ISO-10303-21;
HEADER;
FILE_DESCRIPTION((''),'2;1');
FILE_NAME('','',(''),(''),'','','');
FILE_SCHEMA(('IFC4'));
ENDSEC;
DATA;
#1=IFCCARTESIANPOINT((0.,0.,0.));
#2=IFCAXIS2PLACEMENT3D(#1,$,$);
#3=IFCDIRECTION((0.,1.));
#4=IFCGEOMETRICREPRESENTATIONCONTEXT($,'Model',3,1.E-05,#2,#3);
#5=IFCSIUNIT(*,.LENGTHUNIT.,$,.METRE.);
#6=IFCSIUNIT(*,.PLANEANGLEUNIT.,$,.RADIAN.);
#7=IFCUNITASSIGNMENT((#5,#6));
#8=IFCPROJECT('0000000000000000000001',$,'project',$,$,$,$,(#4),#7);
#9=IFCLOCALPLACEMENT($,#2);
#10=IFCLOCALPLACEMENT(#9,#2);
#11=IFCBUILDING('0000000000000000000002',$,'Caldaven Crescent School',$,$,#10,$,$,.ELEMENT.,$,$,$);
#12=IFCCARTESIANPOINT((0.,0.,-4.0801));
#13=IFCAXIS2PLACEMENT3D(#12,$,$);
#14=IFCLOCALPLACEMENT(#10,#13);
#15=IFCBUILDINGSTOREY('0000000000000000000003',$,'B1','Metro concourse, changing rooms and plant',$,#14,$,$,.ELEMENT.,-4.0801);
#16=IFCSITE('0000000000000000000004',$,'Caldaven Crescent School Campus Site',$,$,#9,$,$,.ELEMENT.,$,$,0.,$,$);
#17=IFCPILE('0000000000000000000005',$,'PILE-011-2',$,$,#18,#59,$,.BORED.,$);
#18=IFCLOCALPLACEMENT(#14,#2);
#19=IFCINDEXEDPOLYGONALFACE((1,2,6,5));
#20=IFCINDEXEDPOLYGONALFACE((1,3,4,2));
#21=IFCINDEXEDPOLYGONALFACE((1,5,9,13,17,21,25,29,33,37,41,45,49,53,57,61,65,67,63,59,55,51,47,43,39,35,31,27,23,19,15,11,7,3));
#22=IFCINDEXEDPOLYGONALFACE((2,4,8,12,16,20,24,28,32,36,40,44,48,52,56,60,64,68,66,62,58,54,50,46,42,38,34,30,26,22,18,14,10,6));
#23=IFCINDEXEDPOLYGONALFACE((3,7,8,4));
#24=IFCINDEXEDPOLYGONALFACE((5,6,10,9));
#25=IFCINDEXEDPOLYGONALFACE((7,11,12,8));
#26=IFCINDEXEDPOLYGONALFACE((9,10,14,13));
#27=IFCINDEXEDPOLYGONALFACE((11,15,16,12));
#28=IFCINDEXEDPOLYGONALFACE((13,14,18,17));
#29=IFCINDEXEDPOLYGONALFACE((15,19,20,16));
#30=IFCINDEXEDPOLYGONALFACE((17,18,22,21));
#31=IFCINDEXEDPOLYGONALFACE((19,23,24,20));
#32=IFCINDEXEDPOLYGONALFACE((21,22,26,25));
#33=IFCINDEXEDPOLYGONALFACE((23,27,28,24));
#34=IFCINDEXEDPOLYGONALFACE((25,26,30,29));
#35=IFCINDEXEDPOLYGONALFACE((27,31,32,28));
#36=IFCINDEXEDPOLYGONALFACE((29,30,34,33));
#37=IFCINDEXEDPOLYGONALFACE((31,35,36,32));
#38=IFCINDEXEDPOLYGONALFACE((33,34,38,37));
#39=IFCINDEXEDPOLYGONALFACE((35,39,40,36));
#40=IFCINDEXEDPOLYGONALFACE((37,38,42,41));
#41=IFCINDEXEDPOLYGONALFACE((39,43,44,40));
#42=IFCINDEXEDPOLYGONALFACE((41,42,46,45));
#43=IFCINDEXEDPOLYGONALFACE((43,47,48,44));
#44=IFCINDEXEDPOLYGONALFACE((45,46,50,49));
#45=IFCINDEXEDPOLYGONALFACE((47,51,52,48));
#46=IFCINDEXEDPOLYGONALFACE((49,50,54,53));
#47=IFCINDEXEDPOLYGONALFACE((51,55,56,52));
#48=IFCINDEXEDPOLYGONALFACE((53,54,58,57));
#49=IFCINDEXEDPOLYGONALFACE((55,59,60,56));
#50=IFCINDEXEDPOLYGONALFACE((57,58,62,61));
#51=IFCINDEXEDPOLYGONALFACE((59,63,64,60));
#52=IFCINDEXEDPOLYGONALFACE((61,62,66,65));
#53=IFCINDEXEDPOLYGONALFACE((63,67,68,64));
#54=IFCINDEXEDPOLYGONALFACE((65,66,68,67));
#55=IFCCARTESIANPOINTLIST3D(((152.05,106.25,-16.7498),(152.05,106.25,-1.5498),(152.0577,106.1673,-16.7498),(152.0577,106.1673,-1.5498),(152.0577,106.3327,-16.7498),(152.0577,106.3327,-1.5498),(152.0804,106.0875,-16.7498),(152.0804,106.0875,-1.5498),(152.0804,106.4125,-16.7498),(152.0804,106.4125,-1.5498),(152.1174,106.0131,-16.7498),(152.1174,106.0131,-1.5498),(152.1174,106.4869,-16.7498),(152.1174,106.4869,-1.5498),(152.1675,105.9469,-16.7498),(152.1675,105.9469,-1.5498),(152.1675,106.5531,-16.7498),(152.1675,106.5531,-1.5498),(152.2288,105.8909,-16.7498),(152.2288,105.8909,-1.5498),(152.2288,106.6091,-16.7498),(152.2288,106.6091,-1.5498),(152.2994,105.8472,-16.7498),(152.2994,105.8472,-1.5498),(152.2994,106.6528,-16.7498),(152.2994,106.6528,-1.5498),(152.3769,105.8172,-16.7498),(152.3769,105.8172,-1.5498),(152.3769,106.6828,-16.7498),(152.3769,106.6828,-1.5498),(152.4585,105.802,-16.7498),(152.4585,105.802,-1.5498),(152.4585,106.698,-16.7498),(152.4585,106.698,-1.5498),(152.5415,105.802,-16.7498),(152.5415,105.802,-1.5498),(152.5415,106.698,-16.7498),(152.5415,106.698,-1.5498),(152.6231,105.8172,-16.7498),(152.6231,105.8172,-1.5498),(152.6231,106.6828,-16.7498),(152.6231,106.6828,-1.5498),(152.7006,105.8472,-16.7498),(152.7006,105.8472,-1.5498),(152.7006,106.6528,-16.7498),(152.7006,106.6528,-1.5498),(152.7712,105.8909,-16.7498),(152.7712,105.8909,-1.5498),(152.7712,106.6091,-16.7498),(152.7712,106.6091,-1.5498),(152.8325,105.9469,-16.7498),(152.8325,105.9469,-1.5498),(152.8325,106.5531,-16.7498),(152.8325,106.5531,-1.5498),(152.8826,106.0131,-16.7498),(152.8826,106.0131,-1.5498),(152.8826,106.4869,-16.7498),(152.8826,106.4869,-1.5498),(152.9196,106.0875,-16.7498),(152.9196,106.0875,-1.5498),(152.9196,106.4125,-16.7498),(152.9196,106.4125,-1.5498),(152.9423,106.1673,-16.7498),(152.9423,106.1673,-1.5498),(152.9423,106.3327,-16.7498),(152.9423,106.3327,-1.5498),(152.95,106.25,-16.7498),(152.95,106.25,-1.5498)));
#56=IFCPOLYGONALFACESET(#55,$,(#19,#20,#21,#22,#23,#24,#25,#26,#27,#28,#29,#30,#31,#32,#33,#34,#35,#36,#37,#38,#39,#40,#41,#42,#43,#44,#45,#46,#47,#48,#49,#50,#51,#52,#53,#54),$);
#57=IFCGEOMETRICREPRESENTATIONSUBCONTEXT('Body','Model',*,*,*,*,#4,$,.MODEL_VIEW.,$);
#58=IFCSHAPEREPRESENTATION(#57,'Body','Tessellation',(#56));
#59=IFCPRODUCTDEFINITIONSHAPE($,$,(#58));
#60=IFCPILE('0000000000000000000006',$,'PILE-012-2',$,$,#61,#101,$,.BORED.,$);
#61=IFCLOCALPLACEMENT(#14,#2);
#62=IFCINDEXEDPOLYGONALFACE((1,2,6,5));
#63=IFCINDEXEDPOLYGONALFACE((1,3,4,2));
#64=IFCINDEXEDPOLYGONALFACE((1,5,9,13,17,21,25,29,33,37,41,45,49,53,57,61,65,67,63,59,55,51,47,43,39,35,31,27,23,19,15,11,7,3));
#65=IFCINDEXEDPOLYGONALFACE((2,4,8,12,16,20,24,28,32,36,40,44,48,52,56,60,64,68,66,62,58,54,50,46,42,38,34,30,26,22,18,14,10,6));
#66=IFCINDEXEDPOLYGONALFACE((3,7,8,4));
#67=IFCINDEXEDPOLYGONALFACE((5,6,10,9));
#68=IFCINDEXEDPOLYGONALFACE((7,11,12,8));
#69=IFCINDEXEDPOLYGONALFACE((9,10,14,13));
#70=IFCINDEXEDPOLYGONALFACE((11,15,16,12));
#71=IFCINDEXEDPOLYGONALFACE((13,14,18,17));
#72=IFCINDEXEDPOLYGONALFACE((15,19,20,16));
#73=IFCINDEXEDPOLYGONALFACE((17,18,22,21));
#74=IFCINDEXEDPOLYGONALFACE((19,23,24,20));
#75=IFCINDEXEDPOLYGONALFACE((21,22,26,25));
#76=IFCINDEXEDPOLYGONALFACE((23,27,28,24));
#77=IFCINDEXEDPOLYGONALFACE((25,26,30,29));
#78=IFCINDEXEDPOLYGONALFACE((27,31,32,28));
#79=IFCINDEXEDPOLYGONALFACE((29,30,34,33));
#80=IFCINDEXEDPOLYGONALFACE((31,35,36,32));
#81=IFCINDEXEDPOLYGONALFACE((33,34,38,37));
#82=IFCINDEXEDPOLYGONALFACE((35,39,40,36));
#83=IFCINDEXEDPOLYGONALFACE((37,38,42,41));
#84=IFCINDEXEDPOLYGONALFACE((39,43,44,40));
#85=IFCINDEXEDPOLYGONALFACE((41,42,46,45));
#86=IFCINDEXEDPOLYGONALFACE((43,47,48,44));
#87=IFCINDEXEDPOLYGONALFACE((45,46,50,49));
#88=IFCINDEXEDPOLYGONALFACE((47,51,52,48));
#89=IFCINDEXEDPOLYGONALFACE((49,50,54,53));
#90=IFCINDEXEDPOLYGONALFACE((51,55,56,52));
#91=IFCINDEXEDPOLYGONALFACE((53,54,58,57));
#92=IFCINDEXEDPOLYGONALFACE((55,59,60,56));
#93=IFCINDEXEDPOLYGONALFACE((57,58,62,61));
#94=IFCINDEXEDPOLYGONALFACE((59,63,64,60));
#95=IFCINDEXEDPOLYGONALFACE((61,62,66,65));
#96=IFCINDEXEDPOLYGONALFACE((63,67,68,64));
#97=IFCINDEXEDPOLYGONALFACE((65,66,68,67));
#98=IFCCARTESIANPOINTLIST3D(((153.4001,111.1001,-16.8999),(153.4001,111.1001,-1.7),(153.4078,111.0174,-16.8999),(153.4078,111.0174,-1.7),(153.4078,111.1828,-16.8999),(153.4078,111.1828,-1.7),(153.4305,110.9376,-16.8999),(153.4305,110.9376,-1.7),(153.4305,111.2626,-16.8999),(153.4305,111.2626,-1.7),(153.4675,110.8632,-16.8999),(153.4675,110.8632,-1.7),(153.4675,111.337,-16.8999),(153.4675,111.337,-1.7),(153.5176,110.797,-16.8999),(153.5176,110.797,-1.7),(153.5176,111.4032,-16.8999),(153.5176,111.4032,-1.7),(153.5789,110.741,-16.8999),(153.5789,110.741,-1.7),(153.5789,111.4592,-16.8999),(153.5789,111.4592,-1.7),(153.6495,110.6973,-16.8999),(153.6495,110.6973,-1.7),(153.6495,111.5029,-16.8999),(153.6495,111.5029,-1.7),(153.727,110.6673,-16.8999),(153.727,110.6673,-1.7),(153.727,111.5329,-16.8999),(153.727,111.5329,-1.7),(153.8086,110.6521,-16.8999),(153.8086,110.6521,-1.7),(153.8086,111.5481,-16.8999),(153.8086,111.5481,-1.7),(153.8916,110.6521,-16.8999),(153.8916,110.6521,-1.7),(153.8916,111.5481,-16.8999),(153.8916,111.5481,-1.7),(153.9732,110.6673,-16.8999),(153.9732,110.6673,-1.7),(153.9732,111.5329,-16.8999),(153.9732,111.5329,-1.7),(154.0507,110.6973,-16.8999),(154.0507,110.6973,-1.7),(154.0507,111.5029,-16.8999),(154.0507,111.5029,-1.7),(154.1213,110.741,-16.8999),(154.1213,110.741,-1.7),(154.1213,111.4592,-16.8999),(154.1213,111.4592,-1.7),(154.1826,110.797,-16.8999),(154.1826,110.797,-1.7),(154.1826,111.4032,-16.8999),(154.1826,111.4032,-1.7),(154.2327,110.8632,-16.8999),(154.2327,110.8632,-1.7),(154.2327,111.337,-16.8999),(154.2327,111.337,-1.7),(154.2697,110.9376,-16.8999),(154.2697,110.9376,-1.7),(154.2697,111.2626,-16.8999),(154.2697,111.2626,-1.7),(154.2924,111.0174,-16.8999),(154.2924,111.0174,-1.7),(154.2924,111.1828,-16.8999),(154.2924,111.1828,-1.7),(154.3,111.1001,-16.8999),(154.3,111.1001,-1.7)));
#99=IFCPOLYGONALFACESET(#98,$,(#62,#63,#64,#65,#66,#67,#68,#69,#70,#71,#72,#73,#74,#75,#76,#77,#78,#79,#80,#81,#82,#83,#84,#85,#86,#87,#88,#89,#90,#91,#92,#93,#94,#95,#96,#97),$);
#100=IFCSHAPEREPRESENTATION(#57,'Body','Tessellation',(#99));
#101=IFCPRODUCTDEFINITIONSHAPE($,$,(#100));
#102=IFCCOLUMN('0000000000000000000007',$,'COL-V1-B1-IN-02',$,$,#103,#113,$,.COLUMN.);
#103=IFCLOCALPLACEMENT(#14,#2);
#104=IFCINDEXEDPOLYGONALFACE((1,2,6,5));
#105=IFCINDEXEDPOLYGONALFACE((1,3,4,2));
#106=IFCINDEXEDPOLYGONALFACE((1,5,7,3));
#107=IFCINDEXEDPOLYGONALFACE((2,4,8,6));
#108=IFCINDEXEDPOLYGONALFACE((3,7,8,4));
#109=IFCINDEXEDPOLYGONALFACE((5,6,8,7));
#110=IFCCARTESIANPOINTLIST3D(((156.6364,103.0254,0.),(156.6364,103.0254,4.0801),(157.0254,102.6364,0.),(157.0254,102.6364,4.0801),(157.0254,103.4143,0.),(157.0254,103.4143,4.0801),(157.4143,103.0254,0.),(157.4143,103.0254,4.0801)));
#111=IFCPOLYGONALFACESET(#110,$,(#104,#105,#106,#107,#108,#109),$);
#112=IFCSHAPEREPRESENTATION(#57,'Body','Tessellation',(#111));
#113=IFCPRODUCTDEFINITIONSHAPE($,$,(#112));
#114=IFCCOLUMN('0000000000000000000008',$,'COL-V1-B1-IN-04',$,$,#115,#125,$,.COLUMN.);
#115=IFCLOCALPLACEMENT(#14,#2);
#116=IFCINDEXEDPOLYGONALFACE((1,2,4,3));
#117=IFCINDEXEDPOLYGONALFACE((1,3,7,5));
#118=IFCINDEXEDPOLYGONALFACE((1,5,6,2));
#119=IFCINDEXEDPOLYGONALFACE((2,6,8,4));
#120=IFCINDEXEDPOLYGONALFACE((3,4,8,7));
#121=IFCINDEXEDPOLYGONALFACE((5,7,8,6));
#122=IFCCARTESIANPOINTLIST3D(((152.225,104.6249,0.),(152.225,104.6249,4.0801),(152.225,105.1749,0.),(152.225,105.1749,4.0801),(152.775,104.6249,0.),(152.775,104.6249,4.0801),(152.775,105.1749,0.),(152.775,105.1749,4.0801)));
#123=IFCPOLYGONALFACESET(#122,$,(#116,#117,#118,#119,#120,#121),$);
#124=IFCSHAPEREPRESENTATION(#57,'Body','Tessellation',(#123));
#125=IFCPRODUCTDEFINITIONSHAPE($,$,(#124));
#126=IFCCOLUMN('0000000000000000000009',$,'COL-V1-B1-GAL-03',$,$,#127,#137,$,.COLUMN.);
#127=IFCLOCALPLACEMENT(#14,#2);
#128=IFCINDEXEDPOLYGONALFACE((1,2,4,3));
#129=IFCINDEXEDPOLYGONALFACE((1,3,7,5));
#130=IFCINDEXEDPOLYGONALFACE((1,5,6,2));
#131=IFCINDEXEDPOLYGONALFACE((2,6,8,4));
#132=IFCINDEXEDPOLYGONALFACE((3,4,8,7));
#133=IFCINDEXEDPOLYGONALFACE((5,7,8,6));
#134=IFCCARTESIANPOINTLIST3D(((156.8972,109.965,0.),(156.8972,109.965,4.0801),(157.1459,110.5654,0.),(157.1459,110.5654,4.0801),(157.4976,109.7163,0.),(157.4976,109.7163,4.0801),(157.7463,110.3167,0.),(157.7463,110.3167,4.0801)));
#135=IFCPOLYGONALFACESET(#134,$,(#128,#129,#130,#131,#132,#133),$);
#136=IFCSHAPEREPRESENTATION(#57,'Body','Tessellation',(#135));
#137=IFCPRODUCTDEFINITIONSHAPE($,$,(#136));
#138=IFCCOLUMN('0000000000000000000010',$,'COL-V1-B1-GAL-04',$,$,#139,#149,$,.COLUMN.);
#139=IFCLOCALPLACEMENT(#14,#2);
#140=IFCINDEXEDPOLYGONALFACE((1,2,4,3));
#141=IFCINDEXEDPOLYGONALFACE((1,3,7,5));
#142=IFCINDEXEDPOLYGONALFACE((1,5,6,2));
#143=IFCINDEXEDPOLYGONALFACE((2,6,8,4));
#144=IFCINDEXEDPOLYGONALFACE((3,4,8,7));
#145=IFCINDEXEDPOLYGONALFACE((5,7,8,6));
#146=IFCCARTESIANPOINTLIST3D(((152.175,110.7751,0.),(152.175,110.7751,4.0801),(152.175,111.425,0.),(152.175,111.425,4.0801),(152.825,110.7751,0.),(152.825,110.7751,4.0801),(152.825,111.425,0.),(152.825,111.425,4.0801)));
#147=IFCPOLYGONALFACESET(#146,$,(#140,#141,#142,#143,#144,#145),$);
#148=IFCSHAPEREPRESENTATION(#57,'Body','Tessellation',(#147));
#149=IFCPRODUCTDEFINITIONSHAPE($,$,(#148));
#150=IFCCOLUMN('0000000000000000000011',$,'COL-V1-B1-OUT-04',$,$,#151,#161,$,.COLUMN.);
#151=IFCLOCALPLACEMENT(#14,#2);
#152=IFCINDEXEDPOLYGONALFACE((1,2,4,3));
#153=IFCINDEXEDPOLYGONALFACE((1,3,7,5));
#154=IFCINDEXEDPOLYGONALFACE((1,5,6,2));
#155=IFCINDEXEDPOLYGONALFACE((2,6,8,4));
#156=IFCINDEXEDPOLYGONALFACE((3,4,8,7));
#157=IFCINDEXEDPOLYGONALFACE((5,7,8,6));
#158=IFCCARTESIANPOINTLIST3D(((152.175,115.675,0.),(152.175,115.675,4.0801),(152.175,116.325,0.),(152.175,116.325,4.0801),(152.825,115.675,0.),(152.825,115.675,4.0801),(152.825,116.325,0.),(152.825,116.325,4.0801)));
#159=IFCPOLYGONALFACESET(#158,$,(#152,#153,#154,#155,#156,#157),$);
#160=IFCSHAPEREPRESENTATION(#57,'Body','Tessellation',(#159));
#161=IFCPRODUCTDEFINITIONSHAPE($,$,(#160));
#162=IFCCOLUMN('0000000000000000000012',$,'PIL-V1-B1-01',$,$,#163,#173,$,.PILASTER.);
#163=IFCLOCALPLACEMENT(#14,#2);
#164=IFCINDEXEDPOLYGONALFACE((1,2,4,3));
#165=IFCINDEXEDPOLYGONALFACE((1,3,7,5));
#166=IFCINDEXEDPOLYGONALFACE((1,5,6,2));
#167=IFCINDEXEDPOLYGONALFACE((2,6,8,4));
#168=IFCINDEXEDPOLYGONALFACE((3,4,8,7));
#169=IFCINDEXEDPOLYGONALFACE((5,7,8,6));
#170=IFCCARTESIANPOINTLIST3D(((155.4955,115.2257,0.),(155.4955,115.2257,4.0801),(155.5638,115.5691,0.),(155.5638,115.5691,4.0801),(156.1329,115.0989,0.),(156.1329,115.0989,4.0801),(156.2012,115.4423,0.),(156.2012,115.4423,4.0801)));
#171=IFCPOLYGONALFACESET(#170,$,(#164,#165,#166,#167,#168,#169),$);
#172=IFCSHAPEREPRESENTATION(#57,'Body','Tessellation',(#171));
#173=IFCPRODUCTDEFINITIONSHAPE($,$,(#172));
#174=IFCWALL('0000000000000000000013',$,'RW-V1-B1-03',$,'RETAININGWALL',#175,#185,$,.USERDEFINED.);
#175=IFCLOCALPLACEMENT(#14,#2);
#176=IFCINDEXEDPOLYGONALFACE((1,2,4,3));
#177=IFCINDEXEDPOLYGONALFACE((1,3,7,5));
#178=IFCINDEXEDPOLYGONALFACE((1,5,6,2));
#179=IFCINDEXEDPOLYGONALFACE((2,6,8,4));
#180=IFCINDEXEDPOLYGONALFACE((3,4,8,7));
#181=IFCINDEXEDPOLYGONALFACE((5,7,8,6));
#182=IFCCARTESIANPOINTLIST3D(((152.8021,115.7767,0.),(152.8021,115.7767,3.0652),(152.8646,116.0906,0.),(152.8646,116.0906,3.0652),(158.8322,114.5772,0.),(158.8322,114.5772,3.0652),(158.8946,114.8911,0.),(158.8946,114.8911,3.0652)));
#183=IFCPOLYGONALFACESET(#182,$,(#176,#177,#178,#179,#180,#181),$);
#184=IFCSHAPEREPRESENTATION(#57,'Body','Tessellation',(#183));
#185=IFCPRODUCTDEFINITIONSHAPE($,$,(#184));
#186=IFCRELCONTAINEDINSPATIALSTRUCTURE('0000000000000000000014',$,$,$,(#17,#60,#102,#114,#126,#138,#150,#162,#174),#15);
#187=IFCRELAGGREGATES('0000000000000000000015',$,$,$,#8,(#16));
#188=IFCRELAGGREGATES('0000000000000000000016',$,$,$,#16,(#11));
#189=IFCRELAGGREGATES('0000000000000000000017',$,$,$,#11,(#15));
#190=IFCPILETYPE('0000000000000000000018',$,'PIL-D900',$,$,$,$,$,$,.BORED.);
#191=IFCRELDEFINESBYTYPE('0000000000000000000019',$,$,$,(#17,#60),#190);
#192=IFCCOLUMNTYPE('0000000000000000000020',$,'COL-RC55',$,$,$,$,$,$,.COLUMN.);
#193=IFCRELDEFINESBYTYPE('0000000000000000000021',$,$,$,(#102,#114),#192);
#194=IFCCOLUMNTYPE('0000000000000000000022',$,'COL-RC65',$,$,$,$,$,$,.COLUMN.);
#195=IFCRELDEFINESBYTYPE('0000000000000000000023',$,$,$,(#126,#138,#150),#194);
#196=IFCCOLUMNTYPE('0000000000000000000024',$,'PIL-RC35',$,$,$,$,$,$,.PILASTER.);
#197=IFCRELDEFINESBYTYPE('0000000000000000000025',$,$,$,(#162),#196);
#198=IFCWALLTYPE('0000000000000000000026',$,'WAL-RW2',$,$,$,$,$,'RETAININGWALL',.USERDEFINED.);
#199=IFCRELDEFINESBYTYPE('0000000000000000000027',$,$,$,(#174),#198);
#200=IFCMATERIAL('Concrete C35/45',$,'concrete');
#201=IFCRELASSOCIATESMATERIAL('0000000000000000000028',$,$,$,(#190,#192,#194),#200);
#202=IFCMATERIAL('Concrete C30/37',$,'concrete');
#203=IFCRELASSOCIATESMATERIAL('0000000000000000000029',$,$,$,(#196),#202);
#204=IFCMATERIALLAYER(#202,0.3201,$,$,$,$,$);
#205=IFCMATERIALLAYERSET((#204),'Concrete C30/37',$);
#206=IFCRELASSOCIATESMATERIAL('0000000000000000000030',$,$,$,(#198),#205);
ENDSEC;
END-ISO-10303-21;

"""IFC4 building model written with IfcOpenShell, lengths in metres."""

from ifc_helpers import new_model, si_unit, direction, frame, frame_2d, origin, origin_2d, place, context, subcontext, project, spatial, rectangle, circle, extrude, material, layer, layer_set, material_profile, profile_set, type_object, element, save


model = new_model("IFC4")

# Units and contexts
model_context = context("Model", 3, precision=1e-05, world=origin(), true_north=direction((0.0, 1.0)))
body_context = subcontext(model_context, "Body", "Model", "MODEL_VIEW")
ifc_project = project(units=[si_unit("LENGTHUNIT", "METRE"), si_unit("PLANEANGLEUNIT", "RADIAN")], contexts=[model_context])

# Site, building, storey
site_placement = place(None, origin())
site = spatial("IfcSite", under=ifc_project, at=site_placement, Name="Caldaven Crescent School Campus Site", CompositionType="ELEMENT", RefElevation=0.0)
building_placement = place(site_placement, origin())
building = spatial("IfcBuilding", under=site, at=building_placement, Name="Caldaven Crescent School", CompositionType="ELEMENT")
storey_placement = place(building_placement, frame((0.0, 0.0, -4.0801)))
storey = spatial("IfcBuildingStorey", under=building, at=storey_placement, Name="B1", Description="Metro concourse, changing rooms and plant", CompositionType="ELEMENT", Elevation=-4.0801)

# Shared definitions
ifc_material_1 = material(Name="Concrete C30/37", Category="concrete")
ifc_material_2 = material(Name="Concrete C35/45", Category="concrete")

# Piles
ifc_material_profile_1 = material_profile(ifc_material_2, circle(Radius=0.45, at=origin_2d()), Name="PILE D900")
ifc_profile_set_1 = profile_set([ifc_material_profile_1], Name="Concrete C35/45")
pile_type_1 = type_object("IfcPileType", Name="PIL-D900", PredefinedType="BORED", material=ifc_profile_set_1)
for number, where, z_axis, x_axis, name in (
    (1, (152.5, 106.25, -1.5498), (0.0, 0.0, -1.0), (1.0, 0.0, 0.0), "PILE-011-2"),
    (2, (153.8501, 111.1001, -1.7), (0.0, 0.0, -1.0), (1.0, 0.0, 0.0), "PILE-012-2"),
):
    element("IfcPile", number, at=place(storey_placement, frame(where, z_axis=z_axis, x_axis=x_axis)), inside=storey, type_object=pile_type_1, Name=name, PredefinedType="BORED", context=body_context, shape_type="SweptSolid", body=[
        extrude(circle(Radius=0.45, at=origin_2d()), origin(), (0.0, 0.0, 1.0), 15.2),
    ])

# Columns
ifc_material_profile_2 = material_profile(ifc_material_2, rectangle(XDim=0.55, YDim=0.55, at=origin_2d()), Name="RC 550x550")
ifc_profile_set_2 = profile_set([ifc_material_profile_2], Name="Concrete C35/45")
column_type_1 = type_object("IfcColumnType", Name="COL-RC55", PredefinedType="COLUMN", material=ifc_profile_set_2)
for number, where, z_axis, x_axis, name in (
    (3, (157.0254, 103.0254, 0.0), (0.0, 0.0, 1.0), (0.707107, 0.707107, 0.0), "COL-V1-B1-IN-02"),
    (4, (152.5, 104.8999, 0.0), (0.0, 0.0, 1.0), (0.0, 1.0, 0.0), "COL-V1-B1-IN-04"),
):
    element("IfcColumn", number, at=place(storey_placement, frame(where, z_axis=z_axis, x_axis=x_axis)), inside=storey, type_object=column_type_1, Name=name, PredefinedType="COLUMN", context=body_context, shape_type="SweptSolid", body=[
        extrude(rectangle(XDim=0.55, YDim=0.55, at=origin_2d()), origin(), (0.0, 0.0, 1.0), 4.0801),
    ])
ifc_material_profile_3 = material_profile(ifc_material_2, rectangle(XDim=0.6499, YDim=0.6499, at=origin_2d()), Name="RC 650x650")
ifc_profile_set_3 = profile_set([ifc_material_profile_3], Name="Concrete C35/45")
column_type_2 = type_object("IfcColumnType", Name="COL-RC65", PredefinedType="COLUMN", material=ifc_profile_set_3)
for number, where, z_axis, x_axis, name in (
    (5, (157.3218, 110.1409, 0.0), (0.0, 0.0, 1.0), (0.382683, 0.92388, 0.0), "COL-V1-B1-GAL-03"),
    (6, (152.5, 111.1001, 0.0), (0.0, 0.0, 1.0), (0.0, 1.0, 0.0), "COL-V1-B1-GAL-04"),
    (7, (152.5, 116.0, 0.0), (0.0, 0.0, 1.0), (0.0, 1.0, 0.0), "COL-V1-B1-OUT-04"),
):
    element("IfcColumn", number, at=place(storey_placement, frame(where, z_axis=z_axis, x_axis=x_axis)), inside=storey, type_object=column_type_2, Name=name, PredefinedType="COLUMN", context=body_context, shape_type="SweptSolid", body=[
        extrude(rectangle(XDim=0.6499, YDim=0.6499, at=origin_2d()), origin(), (0.0, 0.0, 1.0), 4.0801),
    ])
ifc_material_profile_4 = material_profile(ifc_material_1, rectangle(XDim=0.3501, YDim=0.6499, at=origin_2d()), Name="RC 350x650")
ifc_profile_set_4 = profile_set([ifc_material_profile_4], Name="Concrete C30/37")
column_type_3 = type_object("IfcColumnType", Name="PIL-RC35", PredefinedType="PILASTER", material=ifc_profile_set_4)
column_placement = place(storey_placement, frame((155.8484, 115.334, 0.0), z_axis=(0.0, 0.0, 1.0), x_axis=(0.19509, 0.980785, 0.0)))
element("IfcColumn", 8, at=column_placement, inside=storey, type_object=column_type_3, Name="PIL-V1-B1-01", PredefinedType="PILASTER", context=body_context, shape_type="SweptSolid", body=[
    extrude(rectangle(XDim=0.3501, YDim=0.6499, at=origin_2d()), origin(), (0.0, 0.0, 1.0), 4.0801),
])

# Wall
ifc_layer = layer(ifc_material_1, 0.3201)
ifc_layer_set = layer_set([ifc_layer], Name="Concrete C30/37")
wall_type = type_object("IfcWallType", Name="WAL-RW2", ElementType="RETAININGWALL", PredefinedType="USERDEFINED", material=ifc_layer_set)
wall_placement = place(storey_placement, frame((158.8635, 114.7341, 0.0), z_axis=(0.0, 0.0, 1.0), x_axis=(-0.980785, 0.195093, 0.0)))
element("IfcWall", 9, at=wall_placement, inside=storey, type_object=wall_type, Name="RW-V1-B1-03", ObjectType="RETAININGWALL", PredefinedType="USERDEFINED", context=body_context, shape_type="SweptSolid", body=[
    extrude(rectangle(XDim=6.1482, YDim=0.3201, at=frame_2d((3.0742, 0.0))), origin(), (0.0, 0.0, 1.0), 3.0652),
])

save(model, "model.ifc")
